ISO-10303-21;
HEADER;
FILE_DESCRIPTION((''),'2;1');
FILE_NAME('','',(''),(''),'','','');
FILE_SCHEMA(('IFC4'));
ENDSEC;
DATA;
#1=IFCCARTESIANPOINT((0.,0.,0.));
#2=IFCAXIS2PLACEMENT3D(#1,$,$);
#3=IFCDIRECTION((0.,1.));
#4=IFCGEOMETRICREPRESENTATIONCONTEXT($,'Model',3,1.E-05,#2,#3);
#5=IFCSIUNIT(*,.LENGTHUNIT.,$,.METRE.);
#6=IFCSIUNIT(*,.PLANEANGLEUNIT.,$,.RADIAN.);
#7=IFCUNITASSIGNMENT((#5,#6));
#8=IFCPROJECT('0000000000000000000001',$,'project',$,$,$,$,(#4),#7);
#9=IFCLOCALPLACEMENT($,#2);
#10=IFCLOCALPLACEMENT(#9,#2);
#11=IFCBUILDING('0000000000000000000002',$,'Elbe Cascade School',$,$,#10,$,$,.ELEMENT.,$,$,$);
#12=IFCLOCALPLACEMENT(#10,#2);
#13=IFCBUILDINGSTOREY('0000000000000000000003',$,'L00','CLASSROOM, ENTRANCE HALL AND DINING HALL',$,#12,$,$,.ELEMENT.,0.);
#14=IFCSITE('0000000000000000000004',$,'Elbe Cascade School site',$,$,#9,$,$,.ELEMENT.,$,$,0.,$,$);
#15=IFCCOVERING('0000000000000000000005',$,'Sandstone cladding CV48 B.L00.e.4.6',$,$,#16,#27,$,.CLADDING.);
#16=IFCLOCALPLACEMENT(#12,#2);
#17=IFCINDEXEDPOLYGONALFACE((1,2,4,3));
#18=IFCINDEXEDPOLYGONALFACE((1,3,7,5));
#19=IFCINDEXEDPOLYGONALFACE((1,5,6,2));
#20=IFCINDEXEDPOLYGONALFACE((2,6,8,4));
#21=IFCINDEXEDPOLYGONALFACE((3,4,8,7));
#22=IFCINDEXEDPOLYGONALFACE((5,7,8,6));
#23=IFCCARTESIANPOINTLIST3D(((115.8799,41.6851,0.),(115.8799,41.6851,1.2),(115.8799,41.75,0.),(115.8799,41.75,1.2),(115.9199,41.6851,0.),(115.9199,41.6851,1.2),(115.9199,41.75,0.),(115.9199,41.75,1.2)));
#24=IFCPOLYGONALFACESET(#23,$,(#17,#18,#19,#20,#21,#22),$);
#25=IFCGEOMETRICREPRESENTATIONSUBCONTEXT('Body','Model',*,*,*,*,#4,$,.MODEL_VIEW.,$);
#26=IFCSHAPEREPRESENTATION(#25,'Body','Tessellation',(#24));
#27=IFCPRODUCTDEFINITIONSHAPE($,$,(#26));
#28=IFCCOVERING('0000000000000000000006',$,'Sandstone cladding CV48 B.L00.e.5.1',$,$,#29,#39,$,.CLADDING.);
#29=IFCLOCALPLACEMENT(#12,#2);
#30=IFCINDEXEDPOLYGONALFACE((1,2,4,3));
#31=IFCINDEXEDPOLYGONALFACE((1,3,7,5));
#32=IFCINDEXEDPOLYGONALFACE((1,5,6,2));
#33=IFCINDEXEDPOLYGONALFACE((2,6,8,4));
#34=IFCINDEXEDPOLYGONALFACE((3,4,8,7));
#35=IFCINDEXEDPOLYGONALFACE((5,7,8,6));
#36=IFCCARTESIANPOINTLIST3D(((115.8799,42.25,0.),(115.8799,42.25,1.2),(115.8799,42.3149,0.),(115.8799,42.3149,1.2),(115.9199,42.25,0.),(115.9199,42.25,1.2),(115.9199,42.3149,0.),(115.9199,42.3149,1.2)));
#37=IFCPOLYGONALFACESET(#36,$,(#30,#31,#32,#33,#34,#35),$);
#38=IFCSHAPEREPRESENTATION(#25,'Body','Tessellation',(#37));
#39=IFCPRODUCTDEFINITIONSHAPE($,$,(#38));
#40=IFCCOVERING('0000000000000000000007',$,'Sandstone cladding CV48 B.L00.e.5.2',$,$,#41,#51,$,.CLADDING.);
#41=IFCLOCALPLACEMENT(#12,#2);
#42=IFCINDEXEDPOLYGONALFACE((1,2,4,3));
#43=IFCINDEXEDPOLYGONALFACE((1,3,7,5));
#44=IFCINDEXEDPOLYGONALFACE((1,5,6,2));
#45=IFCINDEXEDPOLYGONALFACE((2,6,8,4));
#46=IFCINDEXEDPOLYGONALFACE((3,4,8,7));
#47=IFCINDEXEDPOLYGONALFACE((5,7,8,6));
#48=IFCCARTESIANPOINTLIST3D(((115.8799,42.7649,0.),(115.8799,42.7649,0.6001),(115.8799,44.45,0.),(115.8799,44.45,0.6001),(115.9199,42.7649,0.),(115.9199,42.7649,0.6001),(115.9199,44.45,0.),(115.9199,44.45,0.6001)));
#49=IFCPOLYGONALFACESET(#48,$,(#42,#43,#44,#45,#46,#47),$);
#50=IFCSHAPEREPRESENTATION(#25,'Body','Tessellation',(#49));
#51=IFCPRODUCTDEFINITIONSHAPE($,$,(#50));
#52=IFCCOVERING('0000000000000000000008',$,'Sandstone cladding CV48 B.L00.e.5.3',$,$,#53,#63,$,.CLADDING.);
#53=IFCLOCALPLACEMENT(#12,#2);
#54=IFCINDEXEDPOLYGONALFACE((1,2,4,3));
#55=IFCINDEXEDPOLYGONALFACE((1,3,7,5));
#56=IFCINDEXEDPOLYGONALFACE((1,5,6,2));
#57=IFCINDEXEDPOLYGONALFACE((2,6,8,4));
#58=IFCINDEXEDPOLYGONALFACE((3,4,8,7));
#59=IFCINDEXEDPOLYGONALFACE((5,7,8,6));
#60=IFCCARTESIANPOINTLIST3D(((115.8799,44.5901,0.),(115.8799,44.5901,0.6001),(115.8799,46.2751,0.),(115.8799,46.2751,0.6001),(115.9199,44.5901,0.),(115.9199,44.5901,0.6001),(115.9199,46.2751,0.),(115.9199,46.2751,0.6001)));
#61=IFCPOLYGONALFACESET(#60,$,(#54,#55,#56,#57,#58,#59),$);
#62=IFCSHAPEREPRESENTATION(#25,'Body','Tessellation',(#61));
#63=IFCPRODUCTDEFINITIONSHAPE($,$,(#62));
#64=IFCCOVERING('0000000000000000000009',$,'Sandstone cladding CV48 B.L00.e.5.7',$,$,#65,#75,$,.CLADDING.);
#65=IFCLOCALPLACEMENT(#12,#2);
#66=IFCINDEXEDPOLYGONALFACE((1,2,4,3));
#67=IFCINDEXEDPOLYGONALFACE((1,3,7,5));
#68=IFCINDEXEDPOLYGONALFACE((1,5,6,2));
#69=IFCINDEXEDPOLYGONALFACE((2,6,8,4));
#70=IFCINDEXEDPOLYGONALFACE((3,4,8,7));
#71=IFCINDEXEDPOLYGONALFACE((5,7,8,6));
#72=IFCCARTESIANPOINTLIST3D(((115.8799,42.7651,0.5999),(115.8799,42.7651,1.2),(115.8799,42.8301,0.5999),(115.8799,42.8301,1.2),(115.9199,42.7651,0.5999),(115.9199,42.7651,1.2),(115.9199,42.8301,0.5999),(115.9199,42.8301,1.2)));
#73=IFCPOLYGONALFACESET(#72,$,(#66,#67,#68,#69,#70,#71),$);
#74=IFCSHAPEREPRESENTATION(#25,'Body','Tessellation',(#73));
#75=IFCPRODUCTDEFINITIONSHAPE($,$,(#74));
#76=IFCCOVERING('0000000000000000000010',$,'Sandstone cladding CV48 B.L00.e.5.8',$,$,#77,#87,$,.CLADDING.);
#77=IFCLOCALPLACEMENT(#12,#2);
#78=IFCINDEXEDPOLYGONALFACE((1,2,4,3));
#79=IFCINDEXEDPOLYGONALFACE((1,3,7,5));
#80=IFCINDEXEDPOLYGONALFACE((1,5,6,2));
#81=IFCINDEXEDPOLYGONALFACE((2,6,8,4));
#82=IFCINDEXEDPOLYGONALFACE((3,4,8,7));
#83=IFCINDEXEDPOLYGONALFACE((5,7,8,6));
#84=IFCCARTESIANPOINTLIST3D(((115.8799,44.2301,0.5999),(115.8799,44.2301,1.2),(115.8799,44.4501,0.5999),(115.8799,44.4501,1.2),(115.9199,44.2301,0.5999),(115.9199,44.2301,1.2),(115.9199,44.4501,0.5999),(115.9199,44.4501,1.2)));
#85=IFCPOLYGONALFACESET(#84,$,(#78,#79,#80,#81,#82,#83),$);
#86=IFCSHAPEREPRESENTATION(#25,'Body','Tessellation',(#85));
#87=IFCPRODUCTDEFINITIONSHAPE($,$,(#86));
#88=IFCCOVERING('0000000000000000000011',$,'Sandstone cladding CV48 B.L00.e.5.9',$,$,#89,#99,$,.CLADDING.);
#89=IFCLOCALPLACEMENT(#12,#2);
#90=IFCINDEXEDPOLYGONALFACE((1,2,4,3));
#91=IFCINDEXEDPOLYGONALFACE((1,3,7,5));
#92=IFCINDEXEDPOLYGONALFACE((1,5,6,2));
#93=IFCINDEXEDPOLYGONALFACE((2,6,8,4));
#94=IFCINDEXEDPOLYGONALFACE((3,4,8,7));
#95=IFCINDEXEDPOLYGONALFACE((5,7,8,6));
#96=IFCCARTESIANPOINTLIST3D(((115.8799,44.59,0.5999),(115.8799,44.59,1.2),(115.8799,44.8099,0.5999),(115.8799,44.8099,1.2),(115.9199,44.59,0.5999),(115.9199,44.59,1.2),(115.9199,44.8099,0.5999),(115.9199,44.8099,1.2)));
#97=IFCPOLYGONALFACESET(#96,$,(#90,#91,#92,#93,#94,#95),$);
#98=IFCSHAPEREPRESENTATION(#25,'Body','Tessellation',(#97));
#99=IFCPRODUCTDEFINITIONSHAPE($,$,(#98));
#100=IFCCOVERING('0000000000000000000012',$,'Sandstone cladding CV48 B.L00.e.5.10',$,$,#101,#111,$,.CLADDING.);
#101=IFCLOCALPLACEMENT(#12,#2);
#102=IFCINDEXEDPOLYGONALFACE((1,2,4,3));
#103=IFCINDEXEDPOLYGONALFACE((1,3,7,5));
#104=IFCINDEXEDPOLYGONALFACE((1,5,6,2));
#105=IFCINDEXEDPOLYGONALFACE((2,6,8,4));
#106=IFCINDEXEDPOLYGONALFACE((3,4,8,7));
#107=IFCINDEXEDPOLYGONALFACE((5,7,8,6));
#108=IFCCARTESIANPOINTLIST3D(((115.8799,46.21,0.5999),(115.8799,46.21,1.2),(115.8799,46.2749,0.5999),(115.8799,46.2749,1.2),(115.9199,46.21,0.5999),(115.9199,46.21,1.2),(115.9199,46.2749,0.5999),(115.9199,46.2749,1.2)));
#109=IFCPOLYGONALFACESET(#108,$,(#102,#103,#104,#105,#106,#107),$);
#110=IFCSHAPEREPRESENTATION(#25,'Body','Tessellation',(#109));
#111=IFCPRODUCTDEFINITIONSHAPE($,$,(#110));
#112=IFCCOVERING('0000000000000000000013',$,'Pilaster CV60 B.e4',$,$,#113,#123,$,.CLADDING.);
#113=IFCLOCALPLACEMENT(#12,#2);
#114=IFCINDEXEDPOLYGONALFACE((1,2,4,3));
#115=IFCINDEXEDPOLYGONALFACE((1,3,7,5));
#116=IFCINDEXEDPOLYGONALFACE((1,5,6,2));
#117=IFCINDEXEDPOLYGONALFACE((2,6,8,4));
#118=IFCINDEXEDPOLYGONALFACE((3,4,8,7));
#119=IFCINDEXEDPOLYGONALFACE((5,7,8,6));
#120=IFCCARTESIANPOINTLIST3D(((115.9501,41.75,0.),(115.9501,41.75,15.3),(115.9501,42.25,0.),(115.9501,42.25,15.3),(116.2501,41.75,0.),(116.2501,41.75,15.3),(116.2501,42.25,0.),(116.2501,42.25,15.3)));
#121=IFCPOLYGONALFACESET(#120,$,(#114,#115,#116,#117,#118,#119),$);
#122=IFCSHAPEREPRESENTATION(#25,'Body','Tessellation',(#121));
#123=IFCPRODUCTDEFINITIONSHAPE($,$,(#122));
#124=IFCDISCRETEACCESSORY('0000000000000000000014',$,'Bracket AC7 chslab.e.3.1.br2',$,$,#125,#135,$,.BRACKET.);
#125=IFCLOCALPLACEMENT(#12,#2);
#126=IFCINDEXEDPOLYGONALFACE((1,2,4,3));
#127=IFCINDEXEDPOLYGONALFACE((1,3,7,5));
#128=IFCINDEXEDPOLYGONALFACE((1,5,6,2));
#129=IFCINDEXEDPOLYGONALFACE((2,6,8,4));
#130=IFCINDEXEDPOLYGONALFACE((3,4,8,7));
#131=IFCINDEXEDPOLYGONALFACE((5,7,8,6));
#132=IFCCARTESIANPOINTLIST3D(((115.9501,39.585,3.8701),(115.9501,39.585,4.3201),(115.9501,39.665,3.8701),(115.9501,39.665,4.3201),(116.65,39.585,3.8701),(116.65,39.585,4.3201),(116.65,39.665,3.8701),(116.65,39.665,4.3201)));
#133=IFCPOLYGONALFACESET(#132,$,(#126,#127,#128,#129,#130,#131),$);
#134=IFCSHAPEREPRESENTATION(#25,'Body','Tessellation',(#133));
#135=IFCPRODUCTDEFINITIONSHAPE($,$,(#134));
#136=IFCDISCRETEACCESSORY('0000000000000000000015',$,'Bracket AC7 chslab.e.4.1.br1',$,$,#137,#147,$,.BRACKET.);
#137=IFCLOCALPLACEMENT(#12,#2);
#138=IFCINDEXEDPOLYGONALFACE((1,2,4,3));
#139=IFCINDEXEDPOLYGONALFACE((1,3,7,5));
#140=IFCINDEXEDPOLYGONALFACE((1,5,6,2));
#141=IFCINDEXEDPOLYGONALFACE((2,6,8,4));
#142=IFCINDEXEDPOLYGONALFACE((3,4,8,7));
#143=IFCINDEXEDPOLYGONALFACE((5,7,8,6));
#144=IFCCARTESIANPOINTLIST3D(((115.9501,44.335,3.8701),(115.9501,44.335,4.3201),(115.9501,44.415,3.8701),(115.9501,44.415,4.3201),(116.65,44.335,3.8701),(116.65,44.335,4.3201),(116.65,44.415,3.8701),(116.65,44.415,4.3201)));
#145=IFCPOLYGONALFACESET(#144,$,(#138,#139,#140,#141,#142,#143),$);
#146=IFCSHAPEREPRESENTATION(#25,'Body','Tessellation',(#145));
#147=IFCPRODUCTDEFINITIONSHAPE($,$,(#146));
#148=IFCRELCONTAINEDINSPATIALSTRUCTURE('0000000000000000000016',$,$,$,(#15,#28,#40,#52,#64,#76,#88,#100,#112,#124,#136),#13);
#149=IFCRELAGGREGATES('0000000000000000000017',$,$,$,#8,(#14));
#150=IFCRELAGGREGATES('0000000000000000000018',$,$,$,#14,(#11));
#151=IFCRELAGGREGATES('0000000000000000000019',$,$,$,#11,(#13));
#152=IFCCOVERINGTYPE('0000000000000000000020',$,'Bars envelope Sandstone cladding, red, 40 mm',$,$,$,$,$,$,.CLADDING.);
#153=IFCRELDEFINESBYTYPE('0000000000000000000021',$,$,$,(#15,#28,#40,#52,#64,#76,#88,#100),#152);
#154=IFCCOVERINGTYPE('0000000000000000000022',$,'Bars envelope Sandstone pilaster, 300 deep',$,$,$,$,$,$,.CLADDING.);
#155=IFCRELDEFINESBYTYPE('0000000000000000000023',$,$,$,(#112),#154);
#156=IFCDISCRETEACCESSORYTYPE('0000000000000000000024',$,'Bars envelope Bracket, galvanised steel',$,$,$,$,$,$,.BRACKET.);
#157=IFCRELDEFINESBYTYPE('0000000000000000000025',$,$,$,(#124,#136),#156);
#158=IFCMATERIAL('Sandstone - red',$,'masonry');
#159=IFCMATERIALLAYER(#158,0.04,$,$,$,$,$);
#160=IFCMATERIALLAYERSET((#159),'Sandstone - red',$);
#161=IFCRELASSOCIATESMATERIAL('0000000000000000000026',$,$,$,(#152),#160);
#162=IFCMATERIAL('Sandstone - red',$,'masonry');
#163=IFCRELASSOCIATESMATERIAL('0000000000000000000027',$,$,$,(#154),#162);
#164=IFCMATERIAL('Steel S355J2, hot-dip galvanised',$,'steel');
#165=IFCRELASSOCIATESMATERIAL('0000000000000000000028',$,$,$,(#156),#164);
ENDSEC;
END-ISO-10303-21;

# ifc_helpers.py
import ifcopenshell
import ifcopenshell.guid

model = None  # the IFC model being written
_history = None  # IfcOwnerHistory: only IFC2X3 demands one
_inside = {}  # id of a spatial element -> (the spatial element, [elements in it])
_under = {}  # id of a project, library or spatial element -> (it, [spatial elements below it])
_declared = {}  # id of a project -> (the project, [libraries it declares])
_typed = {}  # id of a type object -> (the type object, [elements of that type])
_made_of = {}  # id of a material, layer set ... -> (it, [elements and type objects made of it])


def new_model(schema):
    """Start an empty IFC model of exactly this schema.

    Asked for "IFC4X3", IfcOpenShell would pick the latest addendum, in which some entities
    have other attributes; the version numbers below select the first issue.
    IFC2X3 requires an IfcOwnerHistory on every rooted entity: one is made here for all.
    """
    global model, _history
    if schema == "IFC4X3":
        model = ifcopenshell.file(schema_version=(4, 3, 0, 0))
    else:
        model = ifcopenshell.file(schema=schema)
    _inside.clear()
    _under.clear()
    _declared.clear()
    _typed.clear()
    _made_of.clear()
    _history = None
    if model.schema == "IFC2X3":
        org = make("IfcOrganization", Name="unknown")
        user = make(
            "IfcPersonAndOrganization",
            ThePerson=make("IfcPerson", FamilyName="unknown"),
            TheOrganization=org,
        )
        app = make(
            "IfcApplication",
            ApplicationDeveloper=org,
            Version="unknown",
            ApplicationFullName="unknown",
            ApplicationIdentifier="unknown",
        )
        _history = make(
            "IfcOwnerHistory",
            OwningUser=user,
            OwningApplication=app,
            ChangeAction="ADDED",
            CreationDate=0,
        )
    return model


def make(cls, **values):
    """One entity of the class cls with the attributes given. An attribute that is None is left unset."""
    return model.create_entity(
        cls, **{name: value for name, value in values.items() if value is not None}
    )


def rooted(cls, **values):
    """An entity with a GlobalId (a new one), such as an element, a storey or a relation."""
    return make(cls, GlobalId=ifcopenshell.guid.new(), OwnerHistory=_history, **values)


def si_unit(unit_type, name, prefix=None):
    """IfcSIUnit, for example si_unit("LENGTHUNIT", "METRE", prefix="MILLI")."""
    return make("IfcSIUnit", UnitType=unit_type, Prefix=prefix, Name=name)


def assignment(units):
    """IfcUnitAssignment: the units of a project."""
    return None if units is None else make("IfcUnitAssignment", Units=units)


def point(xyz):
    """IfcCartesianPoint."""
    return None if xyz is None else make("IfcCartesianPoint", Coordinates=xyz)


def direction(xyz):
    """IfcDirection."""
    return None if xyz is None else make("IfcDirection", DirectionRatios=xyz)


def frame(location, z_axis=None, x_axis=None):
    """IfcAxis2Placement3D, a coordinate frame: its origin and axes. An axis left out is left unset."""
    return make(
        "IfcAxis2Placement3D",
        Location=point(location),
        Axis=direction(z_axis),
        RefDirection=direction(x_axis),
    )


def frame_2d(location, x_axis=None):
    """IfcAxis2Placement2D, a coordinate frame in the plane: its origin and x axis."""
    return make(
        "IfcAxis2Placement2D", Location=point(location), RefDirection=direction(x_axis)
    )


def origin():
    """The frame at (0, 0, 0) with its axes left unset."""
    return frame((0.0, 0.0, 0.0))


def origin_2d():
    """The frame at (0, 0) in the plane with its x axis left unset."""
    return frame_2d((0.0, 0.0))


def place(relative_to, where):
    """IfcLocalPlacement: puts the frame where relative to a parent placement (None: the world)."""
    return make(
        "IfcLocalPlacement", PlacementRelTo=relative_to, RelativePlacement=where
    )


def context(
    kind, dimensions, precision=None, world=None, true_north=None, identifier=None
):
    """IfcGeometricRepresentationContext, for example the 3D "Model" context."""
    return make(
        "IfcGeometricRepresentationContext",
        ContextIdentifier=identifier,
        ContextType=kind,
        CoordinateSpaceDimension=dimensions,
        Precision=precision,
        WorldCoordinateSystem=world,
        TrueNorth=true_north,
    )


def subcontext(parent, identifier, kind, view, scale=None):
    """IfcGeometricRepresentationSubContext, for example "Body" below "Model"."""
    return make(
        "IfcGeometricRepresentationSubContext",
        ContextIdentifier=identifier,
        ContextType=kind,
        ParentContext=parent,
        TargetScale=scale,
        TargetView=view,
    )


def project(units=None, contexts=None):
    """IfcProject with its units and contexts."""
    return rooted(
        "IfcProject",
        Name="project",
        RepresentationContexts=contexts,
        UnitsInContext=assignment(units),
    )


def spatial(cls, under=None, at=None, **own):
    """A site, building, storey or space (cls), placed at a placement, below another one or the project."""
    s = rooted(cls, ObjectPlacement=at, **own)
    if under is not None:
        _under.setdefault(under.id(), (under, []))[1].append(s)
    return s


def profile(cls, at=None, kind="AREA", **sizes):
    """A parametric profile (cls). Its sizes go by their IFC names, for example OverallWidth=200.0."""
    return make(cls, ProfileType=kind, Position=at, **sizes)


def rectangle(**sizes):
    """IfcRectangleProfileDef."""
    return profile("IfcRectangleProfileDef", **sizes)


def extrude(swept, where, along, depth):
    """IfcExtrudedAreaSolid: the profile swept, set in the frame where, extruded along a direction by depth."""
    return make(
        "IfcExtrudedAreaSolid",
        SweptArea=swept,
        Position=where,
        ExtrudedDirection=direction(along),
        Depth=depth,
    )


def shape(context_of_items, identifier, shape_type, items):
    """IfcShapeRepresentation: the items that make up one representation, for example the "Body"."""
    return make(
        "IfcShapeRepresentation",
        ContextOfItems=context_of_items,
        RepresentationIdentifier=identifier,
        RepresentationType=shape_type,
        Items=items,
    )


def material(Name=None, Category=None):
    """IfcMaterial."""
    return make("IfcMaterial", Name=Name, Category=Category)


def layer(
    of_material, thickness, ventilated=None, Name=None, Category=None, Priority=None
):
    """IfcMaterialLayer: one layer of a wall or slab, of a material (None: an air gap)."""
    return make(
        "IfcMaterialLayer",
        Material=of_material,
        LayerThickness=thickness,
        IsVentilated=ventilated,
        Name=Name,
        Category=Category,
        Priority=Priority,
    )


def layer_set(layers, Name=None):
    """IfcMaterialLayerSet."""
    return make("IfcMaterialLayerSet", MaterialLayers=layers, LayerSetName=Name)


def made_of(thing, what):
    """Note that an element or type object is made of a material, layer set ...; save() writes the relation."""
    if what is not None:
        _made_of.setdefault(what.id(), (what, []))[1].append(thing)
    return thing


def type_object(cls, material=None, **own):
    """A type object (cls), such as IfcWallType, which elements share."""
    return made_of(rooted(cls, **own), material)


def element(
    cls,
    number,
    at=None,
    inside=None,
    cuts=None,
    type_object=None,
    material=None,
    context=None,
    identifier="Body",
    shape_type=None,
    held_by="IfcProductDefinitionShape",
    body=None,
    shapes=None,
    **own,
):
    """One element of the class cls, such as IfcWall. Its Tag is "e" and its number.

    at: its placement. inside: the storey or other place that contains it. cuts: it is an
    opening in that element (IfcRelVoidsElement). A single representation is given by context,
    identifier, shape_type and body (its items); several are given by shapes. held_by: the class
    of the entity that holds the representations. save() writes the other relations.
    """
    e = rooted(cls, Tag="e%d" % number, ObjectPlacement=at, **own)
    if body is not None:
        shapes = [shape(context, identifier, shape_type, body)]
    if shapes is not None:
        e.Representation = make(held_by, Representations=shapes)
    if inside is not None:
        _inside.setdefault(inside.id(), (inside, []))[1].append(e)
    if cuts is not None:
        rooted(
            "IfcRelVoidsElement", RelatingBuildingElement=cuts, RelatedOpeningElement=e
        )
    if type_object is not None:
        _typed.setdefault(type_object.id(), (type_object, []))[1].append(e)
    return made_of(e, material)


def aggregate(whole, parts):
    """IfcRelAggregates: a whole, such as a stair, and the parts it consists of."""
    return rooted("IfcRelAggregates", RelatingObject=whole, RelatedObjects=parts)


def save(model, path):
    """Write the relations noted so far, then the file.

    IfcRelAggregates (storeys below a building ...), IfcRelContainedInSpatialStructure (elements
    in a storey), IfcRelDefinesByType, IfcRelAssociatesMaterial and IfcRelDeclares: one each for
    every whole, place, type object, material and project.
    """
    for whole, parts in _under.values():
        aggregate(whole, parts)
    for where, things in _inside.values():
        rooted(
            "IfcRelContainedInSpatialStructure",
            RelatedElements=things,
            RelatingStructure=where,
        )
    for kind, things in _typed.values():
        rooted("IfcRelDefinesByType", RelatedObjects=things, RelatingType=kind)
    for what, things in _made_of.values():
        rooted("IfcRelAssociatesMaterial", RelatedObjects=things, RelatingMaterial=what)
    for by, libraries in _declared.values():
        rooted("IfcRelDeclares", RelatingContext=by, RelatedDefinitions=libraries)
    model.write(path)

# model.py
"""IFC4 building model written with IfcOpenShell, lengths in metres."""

from ifc_helpers import new_model, si_unit, direction, frame, origin, origin_2d, place, context, subcontext, project, spatial, rectangle, extrude, material, layer, layer_set, type_object, element, save


model = new_model("IFC4")

# Units and contexts
model_context = context("Model", 3, precision=1e-05, world=origin(), true_north=direction((0.0, 1.0)))
body_context = subcontext(model_context, "Body", "Model", "MODEL_VIEW")
ifc_project = project(units=[si_unit("LENGTHUNIT", "METRE"), si_unit("PLANEANGLEUNIT", "RADIAN")], contexts=[model_context])

# Site, building, storey
site_placement = place(None, origin())
site = spatial("IfcSite", under=ifc_project, at=site_placement, Name="Elbe Cascade School site", CompositionType="ELEMENT", RefElevation=0.0)
building_placement = place(site_placement, origin())
building = spatial("IfcBuilding", under=site, at=building_placement, Name="Elbe Cascade School", CompositionType="ELEMENT")
storey_placement = place(building_placement, origin())
storey = spatial("IfcBuildingStorey", under=building, at=storey_placement, Name="L00", Description="CLASSROOM, ENTRANCE HALL AND DINING HALL", CompositionType="ELEMENT", Elevation=0.0)

# Coverings
ifc_material_1 = material(Name="Sandstone - red", Category="masonry")
ifc_layer_1 = layer(ifc_material_1, 0.04)
ifc_layer_set_1 = layer_set([ifc_layer_1], Name="Sandstone - red")
covering_type_1 = type_object("IfcCoveringType", Name="Bars envelope Sandstone cladding, red, 40 mm", PredefinedType="CLADDING", material=ifc_layer_set_1)
for number, where, z_axis, x_axis, name in (
    (1, (115.8999, 41.7175, 0.0), (0.0, 0.0, 1.0), (0.0, 1.0, 0.0), "Sandstone cladding CV48 B.L00.e.4.6"),
    (2, (115.8999, 42.2825, 0.0), (0.0, 0.0, 1.0), (0.0, 1.0, 0.0), "Sandstone cladding CV48 B.L00.e.5.1"),
):
    element("IfcCovering", number, at=place(storey_placement, frame(where, z_axis=z_axis, x_axis=x_axis)), inside=storey, type_object=covering_type_1, Name=name, PredefinedType="CLADDING", context=body_context, shape_type="SweptSolid", body=[
        extrude(rectangle(XDim=0.0649, YDim=0.04, at=origin_2d()), origin(), (0.0, 0.0, 1.0), 1.2),
    ])
for number, where, z_axis, x_axis, name in (
    (3, (115.8999, 43.6074, 0.0), (0.0, 0.0, 1.0), (0.0, 1.0, 0.0), "Sandstone cladding CV48 B.L00.e.5.2"),
    (4, (115.8999, 45.4326, 0.0), (0.0, 0.0, 1.0), (0.0, 1.0, 0.0), "Sandstone cladding CV48 B.L00.e.5.3"),
):
    element("IfcCovering", number, at=place(storey_placement, frame(where, z_axis=z_axis, x_axis=x_axis)), inside=storey, type_object=covering_type_1, Name=name, PredefinedType="CLADDING", context=body_context, shape_type="SweptSolid", body=[
        extrude(rectangle(XDim=1.6851, YDim=0.04, at=origin_2d()), origin(), (0.0, 0.0, 1.0), 0.6001),
    ])
covering_1_placement = place(storey_placement, frame((115.8999, 42.7976, 0.5999), z_axis=(0.0, 0.0, 1.0), x_axis=(0.0, 1.0, 0.0)))
element("IfcCovering", 5, at=covering_1_placement, inside=storey, type_object=covering_type_1, Name="Sandstone cladding CV48 B.L00.e.5.7", PredefinedType="CLADDING", context=body_context, shape_type="SweptSolid", body=[
    extrude(rectangle(XDim=0.0649, YDim=0.04, at=origin_2d()), origin(), (0.0, 0.0, 1.0), 0.6001),
])
for number, where, z_axis, x_axis, name in (
    (6, (115.8999, 44.3401, 0.5999), (0.0, 0.0, 1.0), (0.0, 1.0, 0.0), "Sandstone cladding CV48 B.L00.e.5.8"),
    (7, (115.8999, 44.7, 0.5999), (0.0, 0.0, 1.0), (0.0, 1.0, 0.0), "Sandstone cladding CV48 B.L00.e.5.9"),
):
    element("IfcCovering", number, at=place(storey_placement, frame(where, z_axis=z_axis, x_axis=x_axis)), inside=storey, type_object=covering_type_1, Name=name, PredefinedType="CLADDING", context=body_context, shape_type="SweptSolid", body=[
        extrude(rectangle(XDim=0.22, YDim=0.04, at=origin_2d()), origin(), (0.0, 0.0, 1.0), 0.6001),
    ])
covering_2_placement = place(storey_placement, frame((115.8999, 46.2424, 0.5999), z_axis=(0.0, 0.0, 1.0), x_axis=(0.0, 1.0, 0.0)))
element("IfcCovering", 8, at=covering_2_placement, inside=storey, type_object=covering_type_1, Name="Sandstone cladding CV48 B.L00.e.5.10", PredefinedType="CLADDING", context=body_context, shape_type="SweptSolid", body=[
    extrude(rectangle(XDim=0.0649, YDim=0.04, at=origin_2d()), origin(), (0.0, 0.0, 1.0), 0.6001),
])
ifc_material_2 = material(Name="Sandstone - red", Category="masonry")
covering_type_2 = type_object("IfcCoveringType", Name="Bars envelope Sandstone pilaster, 300 deep", PredefinedType="CLADDING", material=ifc_material_2)
covering_3_placement = place(storey_placement, frame((116.1001, 42.0, 0.0), z_axis=(0.0, 0.0, 1.0), x_axis=(0.0, 1.0, 0.0)))
element("IfcCovering", 9, at=covering_3_placement, inside=storey, type_object=covering_type_2, Name="Pilaster CV60 B.e4", PredefinedType="CLADDING", context=body_context, shape_type="SweptSolid", body=[
    extrude(rectangle(XDim=0.5, YDim=0.3, at=origin_2d()), origin(), (0.0, 0.0, 1.0), 15.3),
])

# Discrete accessories
ifc_material_3 = material(Name="Steel S355J2, hot-dip galvanised", Category="steel")
discrete_accessory_type = type_object("IfcDiscreteAccessoryType", Name="Bars envelope Bracket, galvanised steel", PredefinedType="BRACKET", material=ifc_material_3)
for number, where, z_axis, x_axis, name in (
    (10, (116.3, 39.625, 3.8701), (0.0, 0.0, 1.0), (0.0, 1.0, 0.0), "Bracket AC7 chslab.e.3.1.br2"),
    (11, (116.3, 44.375, 3.8701), (0.0, 0.0, 1.0), (0.0, 1.0, 0.0), "Bracket AC7 chslab.e.4.1.br1"),
):
    element("IfcDiscreteAccessory", number, at=place(storey_placement, frame(where, z_axis=z_axis, x_axis=x_axis)), inside=storey, type_object=discrete_accessory_type, Name=name, PredefinedType="BRACKET", context=body_context, shape_type="SweptSolid", body=[
        extrude(rectangle(XDim=0.0801, YDim=0.7, at=origin_2d()), origin(), (0.0, 0.0, 1.0), 0.45),
    ])

save(model, "model.ifc")
